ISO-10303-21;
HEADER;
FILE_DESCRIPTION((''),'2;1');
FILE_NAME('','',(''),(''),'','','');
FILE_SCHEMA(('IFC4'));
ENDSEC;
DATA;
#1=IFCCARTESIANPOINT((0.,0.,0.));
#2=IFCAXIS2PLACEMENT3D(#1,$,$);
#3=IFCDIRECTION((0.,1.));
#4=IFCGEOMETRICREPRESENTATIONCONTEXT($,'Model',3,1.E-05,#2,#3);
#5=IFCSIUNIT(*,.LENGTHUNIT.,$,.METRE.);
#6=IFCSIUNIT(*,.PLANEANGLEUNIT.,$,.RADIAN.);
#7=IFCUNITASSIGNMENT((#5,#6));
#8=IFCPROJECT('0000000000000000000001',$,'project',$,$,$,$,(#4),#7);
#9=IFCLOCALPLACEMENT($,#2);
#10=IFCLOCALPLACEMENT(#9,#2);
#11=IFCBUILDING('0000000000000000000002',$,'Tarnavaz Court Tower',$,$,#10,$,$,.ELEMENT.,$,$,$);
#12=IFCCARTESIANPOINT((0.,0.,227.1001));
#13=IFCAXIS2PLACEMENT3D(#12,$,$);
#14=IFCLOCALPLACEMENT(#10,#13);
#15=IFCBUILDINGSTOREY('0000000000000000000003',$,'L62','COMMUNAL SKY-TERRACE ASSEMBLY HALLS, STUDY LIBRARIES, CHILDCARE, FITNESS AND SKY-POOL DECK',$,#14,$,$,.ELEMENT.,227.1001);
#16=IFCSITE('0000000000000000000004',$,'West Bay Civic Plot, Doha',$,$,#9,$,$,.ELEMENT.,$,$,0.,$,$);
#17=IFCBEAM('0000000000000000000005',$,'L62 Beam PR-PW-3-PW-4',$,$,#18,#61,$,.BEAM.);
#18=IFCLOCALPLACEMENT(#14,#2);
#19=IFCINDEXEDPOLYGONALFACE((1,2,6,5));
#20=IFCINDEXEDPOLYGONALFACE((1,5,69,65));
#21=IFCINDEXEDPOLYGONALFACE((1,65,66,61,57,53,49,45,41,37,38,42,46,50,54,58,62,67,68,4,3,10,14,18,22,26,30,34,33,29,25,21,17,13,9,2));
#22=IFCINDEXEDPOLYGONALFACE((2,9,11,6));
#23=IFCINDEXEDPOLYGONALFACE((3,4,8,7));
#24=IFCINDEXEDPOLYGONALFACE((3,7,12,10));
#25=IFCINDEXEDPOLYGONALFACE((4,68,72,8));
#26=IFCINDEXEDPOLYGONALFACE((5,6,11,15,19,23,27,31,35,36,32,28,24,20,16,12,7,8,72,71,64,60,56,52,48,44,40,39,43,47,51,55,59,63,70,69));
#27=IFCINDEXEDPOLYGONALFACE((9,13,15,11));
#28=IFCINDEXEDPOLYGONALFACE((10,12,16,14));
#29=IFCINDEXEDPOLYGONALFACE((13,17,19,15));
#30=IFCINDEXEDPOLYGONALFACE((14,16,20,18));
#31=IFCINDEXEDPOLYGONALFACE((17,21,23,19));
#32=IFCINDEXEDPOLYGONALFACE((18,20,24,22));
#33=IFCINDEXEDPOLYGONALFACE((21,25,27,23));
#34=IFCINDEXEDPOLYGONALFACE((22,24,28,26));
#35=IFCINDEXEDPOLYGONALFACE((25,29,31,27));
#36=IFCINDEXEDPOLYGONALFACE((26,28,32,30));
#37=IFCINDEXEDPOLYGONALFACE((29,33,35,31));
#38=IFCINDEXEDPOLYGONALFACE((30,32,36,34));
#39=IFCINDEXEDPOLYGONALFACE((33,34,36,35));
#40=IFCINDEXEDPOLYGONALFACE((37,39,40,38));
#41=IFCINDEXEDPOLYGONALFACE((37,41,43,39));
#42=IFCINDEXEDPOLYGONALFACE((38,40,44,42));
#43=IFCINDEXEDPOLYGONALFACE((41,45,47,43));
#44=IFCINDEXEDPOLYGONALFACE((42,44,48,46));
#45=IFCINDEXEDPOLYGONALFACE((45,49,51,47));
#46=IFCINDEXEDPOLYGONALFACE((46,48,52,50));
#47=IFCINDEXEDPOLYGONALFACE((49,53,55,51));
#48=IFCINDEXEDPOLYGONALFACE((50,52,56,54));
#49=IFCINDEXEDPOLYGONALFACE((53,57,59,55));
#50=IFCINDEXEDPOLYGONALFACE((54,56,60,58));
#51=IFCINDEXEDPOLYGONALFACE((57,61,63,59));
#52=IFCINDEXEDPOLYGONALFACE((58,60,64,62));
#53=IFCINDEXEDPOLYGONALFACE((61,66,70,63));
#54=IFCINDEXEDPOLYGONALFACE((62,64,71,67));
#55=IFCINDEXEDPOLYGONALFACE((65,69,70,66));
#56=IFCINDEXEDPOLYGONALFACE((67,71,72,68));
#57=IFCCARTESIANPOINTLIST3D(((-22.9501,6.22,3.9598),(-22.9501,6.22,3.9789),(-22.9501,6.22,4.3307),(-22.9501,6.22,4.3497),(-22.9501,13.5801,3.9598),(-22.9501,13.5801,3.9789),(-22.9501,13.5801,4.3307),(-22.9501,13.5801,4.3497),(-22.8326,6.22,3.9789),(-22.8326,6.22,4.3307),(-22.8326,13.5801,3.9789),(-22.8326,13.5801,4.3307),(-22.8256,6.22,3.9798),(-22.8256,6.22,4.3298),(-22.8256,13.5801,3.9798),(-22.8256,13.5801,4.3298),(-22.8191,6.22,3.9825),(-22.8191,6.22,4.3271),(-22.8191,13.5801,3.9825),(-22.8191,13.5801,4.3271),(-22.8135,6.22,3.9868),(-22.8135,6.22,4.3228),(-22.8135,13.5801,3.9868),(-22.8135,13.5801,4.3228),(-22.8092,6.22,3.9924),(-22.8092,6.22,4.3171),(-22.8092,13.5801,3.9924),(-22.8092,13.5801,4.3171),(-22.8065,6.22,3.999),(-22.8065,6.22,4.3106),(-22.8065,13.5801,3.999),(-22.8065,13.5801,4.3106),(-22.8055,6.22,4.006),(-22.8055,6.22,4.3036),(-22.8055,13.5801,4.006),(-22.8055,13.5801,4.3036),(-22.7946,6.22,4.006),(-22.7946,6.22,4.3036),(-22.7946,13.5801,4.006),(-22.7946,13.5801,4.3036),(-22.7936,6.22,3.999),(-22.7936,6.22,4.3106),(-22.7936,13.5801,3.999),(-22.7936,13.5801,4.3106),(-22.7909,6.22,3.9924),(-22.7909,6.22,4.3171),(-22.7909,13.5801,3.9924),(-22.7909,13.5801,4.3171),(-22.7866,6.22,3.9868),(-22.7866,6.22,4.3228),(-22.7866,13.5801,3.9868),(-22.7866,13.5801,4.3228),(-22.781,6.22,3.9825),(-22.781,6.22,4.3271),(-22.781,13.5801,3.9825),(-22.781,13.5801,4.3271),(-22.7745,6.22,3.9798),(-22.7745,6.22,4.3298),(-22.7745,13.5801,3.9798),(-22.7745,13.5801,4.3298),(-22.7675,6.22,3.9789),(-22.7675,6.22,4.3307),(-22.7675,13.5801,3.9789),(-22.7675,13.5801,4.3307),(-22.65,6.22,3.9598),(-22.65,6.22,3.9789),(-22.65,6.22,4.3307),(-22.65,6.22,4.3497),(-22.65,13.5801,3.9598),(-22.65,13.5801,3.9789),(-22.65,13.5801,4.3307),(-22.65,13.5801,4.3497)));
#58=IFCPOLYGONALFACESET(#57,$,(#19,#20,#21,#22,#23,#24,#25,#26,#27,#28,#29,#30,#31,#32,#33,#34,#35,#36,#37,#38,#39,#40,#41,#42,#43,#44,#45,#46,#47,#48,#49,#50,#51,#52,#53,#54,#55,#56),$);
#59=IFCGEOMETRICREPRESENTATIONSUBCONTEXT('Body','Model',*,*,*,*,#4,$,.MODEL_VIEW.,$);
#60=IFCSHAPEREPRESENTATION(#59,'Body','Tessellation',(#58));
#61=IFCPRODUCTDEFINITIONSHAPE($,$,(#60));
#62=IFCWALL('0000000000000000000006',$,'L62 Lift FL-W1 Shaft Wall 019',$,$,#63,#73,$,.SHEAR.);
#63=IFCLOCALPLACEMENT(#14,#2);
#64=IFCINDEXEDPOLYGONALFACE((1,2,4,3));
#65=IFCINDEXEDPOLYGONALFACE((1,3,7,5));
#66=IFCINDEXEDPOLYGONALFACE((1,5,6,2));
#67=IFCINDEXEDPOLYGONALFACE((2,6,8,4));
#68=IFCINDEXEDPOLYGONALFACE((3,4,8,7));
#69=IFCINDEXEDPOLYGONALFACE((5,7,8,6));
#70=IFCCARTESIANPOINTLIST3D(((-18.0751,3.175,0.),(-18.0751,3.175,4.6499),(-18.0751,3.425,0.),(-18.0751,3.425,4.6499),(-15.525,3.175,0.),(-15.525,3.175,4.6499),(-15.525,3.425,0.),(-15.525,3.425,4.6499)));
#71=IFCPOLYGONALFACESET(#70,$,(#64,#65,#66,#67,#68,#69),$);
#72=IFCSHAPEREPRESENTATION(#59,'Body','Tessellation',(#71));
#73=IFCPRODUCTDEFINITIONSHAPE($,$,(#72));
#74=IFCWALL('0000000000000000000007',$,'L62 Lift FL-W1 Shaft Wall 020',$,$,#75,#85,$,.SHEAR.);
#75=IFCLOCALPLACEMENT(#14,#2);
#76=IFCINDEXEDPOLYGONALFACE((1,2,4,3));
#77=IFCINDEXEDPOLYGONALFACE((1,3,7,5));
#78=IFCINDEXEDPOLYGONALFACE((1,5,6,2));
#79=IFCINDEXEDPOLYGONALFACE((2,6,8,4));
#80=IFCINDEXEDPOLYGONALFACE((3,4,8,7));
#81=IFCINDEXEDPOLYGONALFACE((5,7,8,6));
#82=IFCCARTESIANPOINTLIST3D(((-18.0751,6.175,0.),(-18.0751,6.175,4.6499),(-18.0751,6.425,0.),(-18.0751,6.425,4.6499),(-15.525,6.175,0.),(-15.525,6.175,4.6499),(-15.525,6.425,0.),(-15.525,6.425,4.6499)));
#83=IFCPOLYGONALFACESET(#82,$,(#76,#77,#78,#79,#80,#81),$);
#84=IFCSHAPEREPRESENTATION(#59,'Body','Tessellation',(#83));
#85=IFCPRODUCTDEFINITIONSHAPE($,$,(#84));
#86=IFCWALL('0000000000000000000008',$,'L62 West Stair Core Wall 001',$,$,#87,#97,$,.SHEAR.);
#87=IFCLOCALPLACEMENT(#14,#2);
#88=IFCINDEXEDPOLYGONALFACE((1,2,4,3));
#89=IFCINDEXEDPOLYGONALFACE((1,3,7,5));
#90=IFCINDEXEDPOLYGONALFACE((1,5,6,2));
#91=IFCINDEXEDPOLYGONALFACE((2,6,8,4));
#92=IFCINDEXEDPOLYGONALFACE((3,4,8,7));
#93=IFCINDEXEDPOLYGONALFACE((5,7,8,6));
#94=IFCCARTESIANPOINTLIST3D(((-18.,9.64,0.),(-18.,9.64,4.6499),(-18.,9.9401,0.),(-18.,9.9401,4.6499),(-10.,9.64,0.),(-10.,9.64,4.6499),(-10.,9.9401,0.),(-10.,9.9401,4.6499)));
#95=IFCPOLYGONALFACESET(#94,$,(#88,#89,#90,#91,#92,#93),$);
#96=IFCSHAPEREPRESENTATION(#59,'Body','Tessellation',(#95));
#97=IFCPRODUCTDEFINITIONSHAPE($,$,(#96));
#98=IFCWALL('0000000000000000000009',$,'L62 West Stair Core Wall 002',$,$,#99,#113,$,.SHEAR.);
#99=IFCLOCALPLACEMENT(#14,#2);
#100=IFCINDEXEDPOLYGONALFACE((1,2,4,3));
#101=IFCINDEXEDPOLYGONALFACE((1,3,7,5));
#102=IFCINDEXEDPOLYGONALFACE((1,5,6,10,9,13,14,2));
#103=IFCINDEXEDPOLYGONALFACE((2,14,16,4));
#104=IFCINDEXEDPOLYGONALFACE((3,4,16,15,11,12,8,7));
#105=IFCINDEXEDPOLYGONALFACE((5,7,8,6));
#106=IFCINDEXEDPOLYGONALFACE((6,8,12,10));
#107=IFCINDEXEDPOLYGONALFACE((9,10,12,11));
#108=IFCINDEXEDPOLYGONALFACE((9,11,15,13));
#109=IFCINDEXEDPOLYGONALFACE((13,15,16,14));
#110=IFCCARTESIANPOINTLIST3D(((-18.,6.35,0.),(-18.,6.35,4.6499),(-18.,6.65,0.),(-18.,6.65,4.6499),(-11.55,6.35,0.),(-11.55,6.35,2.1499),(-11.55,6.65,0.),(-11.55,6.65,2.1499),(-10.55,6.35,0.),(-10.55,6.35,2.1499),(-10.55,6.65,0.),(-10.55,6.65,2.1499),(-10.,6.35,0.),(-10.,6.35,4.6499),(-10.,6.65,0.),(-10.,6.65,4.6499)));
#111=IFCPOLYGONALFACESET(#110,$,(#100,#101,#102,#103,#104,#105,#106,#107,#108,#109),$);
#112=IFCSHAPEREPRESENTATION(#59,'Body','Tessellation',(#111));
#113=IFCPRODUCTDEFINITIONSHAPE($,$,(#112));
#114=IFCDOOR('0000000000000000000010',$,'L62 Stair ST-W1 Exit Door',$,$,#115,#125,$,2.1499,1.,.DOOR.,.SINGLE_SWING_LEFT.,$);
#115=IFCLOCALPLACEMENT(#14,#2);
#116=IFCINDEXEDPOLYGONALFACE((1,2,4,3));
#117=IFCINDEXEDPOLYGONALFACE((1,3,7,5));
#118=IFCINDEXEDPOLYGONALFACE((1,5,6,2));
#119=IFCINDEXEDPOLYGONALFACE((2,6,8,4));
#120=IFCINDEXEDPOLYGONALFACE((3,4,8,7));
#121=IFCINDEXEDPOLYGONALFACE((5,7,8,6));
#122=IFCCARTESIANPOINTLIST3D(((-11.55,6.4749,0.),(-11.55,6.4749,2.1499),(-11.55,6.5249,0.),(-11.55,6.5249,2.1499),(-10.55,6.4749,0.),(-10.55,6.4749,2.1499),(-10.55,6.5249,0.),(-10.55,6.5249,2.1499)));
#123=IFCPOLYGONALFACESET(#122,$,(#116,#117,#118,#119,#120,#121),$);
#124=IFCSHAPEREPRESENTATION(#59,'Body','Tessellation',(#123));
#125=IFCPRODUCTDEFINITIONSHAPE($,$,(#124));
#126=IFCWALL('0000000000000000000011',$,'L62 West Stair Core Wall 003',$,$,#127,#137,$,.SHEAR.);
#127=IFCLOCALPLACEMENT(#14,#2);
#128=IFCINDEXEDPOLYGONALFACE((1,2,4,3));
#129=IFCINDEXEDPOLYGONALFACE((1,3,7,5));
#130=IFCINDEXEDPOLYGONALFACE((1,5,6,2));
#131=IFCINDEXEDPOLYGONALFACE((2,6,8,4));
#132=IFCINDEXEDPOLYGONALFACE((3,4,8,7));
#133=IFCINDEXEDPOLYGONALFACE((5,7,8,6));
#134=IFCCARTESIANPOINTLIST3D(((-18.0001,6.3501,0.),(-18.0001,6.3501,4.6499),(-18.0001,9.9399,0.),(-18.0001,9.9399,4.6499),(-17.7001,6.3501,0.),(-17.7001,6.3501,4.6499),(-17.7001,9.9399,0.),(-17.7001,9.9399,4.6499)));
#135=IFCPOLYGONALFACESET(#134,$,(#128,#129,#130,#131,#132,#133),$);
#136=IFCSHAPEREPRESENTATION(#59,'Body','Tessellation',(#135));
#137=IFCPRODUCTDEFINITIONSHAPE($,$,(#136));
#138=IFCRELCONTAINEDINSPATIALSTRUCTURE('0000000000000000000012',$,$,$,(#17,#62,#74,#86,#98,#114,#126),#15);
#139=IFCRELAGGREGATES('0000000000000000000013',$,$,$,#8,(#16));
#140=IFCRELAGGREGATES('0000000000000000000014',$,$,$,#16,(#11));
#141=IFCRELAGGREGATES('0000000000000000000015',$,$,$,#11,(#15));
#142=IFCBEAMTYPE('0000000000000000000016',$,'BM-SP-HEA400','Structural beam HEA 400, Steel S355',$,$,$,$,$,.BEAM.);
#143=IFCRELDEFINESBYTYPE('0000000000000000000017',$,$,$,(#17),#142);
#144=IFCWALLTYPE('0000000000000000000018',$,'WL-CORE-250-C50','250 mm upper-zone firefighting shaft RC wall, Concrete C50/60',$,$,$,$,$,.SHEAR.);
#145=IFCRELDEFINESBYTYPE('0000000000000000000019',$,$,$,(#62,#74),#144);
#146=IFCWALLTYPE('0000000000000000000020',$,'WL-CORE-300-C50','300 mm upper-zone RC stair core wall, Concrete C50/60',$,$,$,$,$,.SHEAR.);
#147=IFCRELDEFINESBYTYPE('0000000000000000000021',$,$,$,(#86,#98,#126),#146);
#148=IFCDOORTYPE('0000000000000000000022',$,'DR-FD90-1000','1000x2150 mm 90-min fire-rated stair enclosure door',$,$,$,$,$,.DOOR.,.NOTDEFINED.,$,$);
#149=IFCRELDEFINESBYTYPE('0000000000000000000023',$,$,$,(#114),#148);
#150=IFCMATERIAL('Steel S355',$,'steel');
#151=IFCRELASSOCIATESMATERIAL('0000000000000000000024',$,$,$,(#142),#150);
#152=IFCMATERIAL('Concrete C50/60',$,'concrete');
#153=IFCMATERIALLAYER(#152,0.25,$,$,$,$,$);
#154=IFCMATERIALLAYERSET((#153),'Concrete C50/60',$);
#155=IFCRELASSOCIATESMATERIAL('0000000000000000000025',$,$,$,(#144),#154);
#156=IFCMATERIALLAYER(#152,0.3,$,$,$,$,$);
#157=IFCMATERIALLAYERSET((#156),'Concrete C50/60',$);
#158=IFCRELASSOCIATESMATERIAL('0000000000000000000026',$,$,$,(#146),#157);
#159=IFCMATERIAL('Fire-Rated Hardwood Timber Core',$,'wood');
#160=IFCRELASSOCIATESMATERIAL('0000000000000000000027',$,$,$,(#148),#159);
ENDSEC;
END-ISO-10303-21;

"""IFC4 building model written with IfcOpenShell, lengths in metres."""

from ifc_helpers import new_model, si_unit, direction, frame, frame_2d, origin, origin_2d, place, context, subcontext, project, spatial, rectangle, i_section, extrude, material, layer, layer_set, material_profile, profile_set, type_object, element, fill, save


model = new_model("IFC4")

# Units and contexts
model_context = context("Model", 3, precision=1e-05, world=origin(), true_north=direction((0.0, 1.0)))
body_context = subcontext(model_context, "Body", "Model", "MODEL_VIEW")
ifc_project = project(units=[si_unit("LENGTHUNIT", "METRE"), si_unit("PLANEANGLEUNIT", "RADIAN")], contexts=[model_context])

# Site, building, storey
site_placement = place(None, origin())
site = spatial("IfcSite", under=ifc_project, at=site_placement, Name="West Bay Civic Plot, Doha", CompositionType="ELEMENT", RefElevation=0.0)
building_placement = place(site_placement, origin())
building = spatial("IfcBuilding", under=site, at=building_placement, Name="Tarnavaz Court Tower", CompositionType="ELEMENT")
storey_placement = place(building_placement, frame((0.0, 0.0, 227.1001)))
storey = spatial("IfcBuildingStorey", under=building, at=storey_placement, Name="L62", Description="COMMUNAL SKY-TERRACE ASSEMBLY HALLS, STUDY LIBRARIES, CHILDCARE, FITNESS AND SKY-POOL DECK", CompositionType="ELEMENT", Elevation=227.1001)

# Shared definitions
ifc_material_1 = material(Name="Concrete C50/60", Category="concrete")

# Beam
ifc_material_2 = material(Name="Steel S355", Category="steel")
ifc_material_profile_1 = material_profile(ifc_material_2, i_section(OverallWidth=0.3, OverallDepth=0.3899, WebThickness=0.011, FlangeThickness=0.019, FilletRadius=0.0271, at=origin_2d()), Name="HEA 400")
ifc_profile_set_1 = profile_set([ifc_material_profile_1], Name="Steel S355")
beam_type_1 = type_object("IfcBeamType", Name="BM-SP-HEA400", Description="Structural beam HEA 400, Steel S355", PredefinedType="BEAM", material=ifc_profile_set_1)
beam_1_placement = place(storey_placement, frame((-22.8, 6.22, 4.1548), z_axis=(0.0, 1.0, 0.0), x_axis=(-1.0, 0.0, 0.0)))
element("IfcBeam", 1, at=beam_1_placement, inside=storey, type_object=beam_type_1, Name="L62 Beam PR-PW-3-PW-4", PredefinedType="BEAM", context=body_context, shape_type="SweptSolid", body=[
    extrude(i_section(OverallWidth=0.3, OverallDepth=0.3899, WebThickness=0.011, FlangeThickness=0.019, FilletRadius=0.0271, at=origin_2d()), origin(), (0.0, 0.0, 1.0), 7.3601),
])

# Walls
ifc_layer_1 = layer(ifc_material_1, 0.25)
ifc_layer_set_1 = layer_set([ifc_layer_1], Name="Concrete C50/60")
wall_type_1 = type_object("IfcWallType", Name="WL-CORE-250-C50", Description="250 mm upper-zone firefighting shaft RC wall, Concrete C50/60", PredefinedType="SHEAR", material=ifc_layer_set_1)
for number, where, z_axis, x_axis, name in (
    (2, (-18.075, 3.3, 0.0), (0.0, 0.0, 1.0), (1.0, 0.0, 0.0), "L62 Lift FL-W1 Shaft Wall 019"),
    (3, (-18.075, 6.3, 0.0), (0.0, 0.0, 1.0), (1.0, 0.0, 0.0), "L62 Lift FL-W1 Shaft Wall 020"),
):
    element("IfcWall", number, at=place(storey_placement, frame(where, z_axis=z_axis, x_axis=x_axis)), inside=storey, type_object=wall_type_1, Name=name, PredefinedType="SHEAR", context=body_context, shape_type="SweptSolid", body=[
        extrude(rectangle(XDim=2.55, YDim=0.25, at=frame_2d((1.2749, 0.0))), origin(), (0.0, 0.0, 1.0), 4.6499),
    ])
ifc_layer_2 = layer(ifc_material_1, 0.3)
ifc_layer_set_2 = layer_set([ifc_layer_2], Name="Concrete C50/60")
wall_type_2 = type_object("IfcWallType", Name="WL-CORE-300-C50", Description="300 mm upper-zone RC stair core wall, Concrete C50/60", PredefinedType="SHEAR", material=ifc_layer_set_2)
wall_1_placement = place(storey_placement, frame((-18.0, 9.79, 0.0), z_axis=(0.0, 0.0, 1.0), x_axis=(1.0, 0.0, 0.0)))
element("IfcWall", 4, at=wall_1_placement, inside=storey, type_object=wall_type_2, Name="L62 West Stair Core Wall 001", PredefinedType="SHEAR", context=body_context, shape_type="SweptSolid", body=[
    extrude(rectangle(XDim=8.0, YDim=0.3, at=frame_2d((4.0, 0.0))), origin(), (0.0, 0.0, 1.0), 4.6499),
])

# Wall, opening, door
wall_2_placement = place(storey_placement, frame((-18.0, 6.5, 0.0), z_axis=(0.0, 0.0, 1.0), x_axis=(1.0, 0.0, 0.0)))
wall_2 = element("IfcWall", 5, at=wall_2_placement, inside=storey, type_object=wall_type_2, Name="L62 West Stair Core Wall 002", PredefinedType="SHEAR", context=body_context, shape_type="SweptSolid", body=[
    extrude(rectangle(XDim=8.0, YDim=0.3, at=frame_2d((4.0, 0.0))), origin(), (0.0, 0.0, 1.0), 4.6499),
])
opening_1_placement = place(wall_2_placement, frame((6.45, 0.0, 0.0)))
opening_1 = element("IfcOpeningElement", 6, at=opening_1_placement, cuts=wall_2, PredefinedType="OPENING", context=body_context, shape_type="SweptSolid", body=[
    extrude(rectangle(XDim=1.0, YDim=2.1499, at=frame_2d((0.5, 1.075))), frame((0.0, 0.1599, 0.0), z_axis=(0.0, -1.0, 0.0), x_axis=(1.0, 0.0, 0.0)), (0.0, 0.0, 1.0), 0.3201),
])
ifc_material_3 = material(Name="Fire-Rated Hardwood Timber Core", Category="wood")
door_type_1 = type_object("IfcDoorType", Name="DR-FD90-1000", Description="1000x2150 mm 90-min fire-rated stair enclosure door", OperationType="NOTDEFINED", PredefinedType="DOOR", material=ifc_material_3)
door_1_placement = place(opening_1_placement, origin())
door_1 = element("IfcDoor", 7, at=door_1_placement, inside=storey, type_object=door_type_1, Name="L62 Stair ST-W1 Exit Door", OperationType="SINGLE_SWING_LEFT", OverallHeight=2.1499, OverallWidth=1.0, PredefinedType="DOOR", context=body_context, shape_type="SweptSolid", body=[
    extrude(rectangle(XDim=1.0, YDim=2.1499, at=frame_2d((0.5, 1.075))), frame((0.0, 0.0249, 0.0), z_axis=(0.0, -1.0, 0.0), x_axis=(1.0, 0.0, 0.0)), (0.0, 0.0, 1.0), 0.05),
])
fill(opening_1, door_1)

# Wall
wall_3_placement = place(storey_placement, frame((-17.8501, 6.3501, 0.0), z_axis=(0.0, 0.0, 1.0), x_axis=(0.0, 1.0, 0.0)))
element("IfcWall", 8, at=wall_3_placement, inside=storey, type_object=wall_type_2, Name="L62 West Stair Core Wall 003", PredefinedType="SHEAR", context=body_context, shape_type="SweptSolid", body=[
    extrude(rectangle(XDim=3.5898, YDim=0.3, at=frame_2d((1.7949, 0.0))), origin(), (0.0, 0.0, 1.0), 4.6499),
])

save(model, "model.ifc")
